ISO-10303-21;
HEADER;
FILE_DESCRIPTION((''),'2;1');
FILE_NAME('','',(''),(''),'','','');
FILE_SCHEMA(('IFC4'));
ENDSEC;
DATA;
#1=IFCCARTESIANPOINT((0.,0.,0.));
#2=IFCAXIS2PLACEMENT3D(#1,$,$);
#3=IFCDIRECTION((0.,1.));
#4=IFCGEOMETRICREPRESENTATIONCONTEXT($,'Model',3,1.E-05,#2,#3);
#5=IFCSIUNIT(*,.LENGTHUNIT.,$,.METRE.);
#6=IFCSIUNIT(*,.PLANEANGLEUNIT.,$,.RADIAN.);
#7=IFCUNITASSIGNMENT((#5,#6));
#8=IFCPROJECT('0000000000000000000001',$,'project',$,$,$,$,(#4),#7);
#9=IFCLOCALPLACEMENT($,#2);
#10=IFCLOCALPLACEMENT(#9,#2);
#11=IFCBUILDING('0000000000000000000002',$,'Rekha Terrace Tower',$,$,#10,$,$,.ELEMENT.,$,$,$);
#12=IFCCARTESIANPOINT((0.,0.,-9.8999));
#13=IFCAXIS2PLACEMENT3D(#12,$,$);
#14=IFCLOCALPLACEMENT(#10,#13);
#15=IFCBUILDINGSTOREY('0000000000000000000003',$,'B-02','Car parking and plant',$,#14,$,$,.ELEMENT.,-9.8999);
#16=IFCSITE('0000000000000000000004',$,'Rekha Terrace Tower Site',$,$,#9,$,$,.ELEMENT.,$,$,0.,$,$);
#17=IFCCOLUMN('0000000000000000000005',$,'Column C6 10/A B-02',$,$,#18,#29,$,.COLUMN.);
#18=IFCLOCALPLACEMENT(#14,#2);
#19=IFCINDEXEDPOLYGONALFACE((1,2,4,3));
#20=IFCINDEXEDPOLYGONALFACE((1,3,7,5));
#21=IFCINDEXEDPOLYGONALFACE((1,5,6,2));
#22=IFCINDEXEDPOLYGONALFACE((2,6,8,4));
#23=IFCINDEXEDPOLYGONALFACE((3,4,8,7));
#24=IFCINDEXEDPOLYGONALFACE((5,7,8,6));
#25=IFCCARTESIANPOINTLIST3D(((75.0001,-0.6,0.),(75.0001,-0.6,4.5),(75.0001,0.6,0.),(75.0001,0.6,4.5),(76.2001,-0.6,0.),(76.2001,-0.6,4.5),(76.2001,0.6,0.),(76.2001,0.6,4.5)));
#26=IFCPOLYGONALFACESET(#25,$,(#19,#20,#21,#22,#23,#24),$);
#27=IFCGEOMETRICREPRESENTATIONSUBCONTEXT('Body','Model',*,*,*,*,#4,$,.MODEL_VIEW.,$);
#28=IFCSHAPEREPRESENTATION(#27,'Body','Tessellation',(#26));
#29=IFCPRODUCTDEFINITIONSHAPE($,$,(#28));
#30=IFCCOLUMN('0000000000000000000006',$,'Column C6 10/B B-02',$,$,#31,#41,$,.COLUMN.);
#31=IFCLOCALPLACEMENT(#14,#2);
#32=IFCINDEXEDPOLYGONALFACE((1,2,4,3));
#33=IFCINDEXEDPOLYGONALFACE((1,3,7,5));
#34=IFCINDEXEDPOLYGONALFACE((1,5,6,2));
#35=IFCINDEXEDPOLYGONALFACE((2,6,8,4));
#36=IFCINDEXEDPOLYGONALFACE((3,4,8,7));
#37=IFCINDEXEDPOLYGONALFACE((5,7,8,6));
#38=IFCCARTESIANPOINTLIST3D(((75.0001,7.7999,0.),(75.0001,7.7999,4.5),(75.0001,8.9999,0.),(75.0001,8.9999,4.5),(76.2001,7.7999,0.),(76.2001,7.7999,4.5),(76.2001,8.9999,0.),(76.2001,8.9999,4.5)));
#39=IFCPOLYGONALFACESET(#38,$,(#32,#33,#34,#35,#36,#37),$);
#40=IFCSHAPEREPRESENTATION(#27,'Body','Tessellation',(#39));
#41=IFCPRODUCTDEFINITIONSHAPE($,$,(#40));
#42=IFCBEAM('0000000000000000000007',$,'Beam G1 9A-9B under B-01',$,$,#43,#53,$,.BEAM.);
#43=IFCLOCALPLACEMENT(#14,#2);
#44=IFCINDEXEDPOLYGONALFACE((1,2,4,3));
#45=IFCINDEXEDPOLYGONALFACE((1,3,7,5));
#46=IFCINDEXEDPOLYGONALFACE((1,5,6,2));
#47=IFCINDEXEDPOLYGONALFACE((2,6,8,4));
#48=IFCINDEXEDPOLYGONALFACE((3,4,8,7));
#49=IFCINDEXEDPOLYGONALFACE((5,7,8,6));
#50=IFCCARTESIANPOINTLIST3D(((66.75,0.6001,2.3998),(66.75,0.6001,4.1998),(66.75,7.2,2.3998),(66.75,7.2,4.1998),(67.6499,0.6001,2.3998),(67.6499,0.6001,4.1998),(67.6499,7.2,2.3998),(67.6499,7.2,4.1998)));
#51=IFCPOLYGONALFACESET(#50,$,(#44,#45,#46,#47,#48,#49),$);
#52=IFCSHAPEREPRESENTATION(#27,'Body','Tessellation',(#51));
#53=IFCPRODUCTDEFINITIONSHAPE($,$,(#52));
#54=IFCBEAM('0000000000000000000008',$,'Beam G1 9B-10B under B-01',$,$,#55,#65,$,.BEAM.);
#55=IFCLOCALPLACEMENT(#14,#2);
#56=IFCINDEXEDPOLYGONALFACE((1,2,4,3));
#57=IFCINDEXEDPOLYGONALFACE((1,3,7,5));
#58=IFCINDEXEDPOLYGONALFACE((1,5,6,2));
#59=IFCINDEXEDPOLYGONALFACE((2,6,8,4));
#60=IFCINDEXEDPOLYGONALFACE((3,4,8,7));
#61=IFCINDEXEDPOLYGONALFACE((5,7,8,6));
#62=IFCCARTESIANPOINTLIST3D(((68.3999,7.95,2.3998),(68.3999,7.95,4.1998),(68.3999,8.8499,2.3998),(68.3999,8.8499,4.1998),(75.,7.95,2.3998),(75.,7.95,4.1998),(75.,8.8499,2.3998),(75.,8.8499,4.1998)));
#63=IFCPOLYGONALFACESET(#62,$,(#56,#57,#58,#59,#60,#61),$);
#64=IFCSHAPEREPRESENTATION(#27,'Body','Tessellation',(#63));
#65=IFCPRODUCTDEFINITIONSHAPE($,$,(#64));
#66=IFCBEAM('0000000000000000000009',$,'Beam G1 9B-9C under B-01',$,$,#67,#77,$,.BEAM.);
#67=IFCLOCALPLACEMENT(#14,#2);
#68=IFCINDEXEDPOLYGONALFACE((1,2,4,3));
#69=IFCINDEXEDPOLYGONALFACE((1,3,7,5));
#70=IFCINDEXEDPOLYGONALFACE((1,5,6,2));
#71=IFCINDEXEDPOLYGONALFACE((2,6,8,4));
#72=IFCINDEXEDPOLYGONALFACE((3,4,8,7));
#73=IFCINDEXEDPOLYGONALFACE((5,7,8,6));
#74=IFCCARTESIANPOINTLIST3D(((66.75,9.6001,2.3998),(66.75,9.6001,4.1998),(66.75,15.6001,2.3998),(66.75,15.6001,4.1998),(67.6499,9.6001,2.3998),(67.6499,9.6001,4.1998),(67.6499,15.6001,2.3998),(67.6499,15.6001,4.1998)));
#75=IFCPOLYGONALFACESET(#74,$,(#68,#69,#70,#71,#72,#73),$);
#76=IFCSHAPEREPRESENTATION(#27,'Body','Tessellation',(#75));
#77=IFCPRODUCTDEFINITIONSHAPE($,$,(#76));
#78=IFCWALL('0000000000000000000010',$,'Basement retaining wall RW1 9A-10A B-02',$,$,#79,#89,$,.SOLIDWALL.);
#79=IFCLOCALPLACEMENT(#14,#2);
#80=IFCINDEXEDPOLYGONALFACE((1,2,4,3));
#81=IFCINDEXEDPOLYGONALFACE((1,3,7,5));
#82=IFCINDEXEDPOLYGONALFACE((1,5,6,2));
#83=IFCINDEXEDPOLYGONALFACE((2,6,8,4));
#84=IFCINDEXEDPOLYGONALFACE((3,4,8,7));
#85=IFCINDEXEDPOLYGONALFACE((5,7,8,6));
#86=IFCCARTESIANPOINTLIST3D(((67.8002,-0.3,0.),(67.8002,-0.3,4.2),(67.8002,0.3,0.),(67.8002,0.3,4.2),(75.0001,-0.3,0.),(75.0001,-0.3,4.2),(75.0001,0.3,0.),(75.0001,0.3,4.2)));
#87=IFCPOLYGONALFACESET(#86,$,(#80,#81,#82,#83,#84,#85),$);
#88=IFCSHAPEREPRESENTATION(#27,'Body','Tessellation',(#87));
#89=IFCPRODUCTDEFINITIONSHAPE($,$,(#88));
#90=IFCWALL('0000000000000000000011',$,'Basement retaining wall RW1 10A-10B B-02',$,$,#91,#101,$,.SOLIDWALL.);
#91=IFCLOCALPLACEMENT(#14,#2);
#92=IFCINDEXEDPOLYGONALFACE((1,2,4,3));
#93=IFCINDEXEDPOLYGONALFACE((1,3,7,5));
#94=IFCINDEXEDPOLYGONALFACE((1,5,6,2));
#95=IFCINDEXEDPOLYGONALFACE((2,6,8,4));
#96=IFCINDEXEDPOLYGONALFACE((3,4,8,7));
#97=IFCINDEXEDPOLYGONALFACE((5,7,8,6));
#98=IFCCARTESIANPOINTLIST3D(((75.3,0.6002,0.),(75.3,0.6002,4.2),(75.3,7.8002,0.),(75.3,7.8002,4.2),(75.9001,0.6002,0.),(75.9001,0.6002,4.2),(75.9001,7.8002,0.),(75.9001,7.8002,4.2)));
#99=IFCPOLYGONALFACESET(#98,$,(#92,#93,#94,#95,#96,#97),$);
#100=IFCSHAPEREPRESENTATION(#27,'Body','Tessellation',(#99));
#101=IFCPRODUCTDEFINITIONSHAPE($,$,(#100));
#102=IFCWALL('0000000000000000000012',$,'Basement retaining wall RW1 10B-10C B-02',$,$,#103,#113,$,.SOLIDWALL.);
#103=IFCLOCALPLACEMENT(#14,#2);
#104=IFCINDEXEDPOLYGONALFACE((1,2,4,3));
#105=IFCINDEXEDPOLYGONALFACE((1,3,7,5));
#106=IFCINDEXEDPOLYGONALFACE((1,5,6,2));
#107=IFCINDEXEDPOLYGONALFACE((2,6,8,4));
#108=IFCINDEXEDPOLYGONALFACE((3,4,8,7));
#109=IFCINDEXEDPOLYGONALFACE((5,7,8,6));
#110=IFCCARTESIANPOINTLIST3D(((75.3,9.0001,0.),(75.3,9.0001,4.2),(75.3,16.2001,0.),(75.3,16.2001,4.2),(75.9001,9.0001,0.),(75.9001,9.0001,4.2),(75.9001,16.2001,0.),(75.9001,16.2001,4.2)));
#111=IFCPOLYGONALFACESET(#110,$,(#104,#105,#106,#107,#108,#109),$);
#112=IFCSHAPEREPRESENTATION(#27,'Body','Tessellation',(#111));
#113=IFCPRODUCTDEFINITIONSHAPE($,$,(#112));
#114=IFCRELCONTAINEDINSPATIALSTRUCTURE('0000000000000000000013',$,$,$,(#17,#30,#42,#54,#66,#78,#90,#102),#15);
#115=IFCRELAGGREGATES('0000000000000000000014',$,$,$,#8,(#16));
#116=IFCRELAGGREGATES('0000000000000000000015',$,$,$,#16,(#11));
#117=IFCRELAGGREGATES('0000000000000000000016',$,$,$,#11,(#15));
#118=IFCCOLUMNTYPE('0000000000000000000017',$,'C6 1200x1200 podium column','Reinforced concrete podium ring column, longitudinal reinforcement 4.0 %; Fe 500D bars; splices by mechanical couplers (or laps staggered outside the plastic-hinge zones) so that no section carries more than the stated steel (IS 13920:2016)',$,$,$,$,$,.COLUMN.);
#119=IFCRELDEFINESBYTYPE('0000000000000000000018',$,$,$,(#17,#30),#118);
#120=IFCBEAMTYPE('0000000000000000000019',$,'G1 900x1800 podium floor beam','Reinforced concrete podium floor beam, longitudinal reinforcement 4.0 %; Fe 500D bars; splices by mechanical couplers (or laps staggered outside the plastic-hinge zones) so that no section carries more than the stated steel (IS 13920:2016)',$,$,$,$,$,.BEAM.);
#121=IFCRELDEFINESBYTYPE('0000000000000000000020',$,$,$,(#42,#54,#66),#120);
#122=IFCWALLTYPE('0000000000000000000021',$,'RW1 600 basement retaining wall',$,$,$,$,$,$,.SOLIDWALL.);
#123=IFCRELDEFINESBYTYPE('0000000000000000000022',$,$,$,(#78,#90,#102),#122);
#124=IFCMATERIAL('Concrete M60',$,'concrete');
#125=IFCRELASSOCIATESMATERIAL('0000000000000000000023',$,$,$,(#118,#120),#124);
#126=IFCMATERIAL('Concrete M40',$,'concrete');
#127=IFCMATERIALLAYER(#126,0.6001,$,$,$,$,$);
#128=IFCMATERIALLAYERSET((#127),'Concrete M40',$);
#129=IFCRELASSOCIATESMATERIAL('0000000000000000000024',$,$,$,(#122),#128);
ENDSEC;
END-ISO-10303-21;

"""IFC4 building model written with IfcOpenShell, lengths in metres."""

from ifc_helpers import new_model, si_unit, direction, frame, frame_2d, origin, origin_2d, place, context, subcontext, project, spatial, rectangle, extrude, material, layer, layer_set, material_profile, profile_set, type_object, element, save


model = new_model("IFC4")

# Units and contexts
model_context = context("Model", 3, precision=1e-05, world=origin(), true_north=direction((0.0, 1.0)))
body_context = subcontext(model_context, "Body", "Model", "MODEL_VIEW")
ifc_project = project(units=[si_unit("LENGTHUNIT", "METRE"), si_unit("PLANEANGLEUNIT", "RADIAN")], contexts=[model_context])

# Site, building, storey
site_placement = place(None, origin())
site = spatial("IfcSite", under=ifc_project, at=site_placement, Name="Rekha Terrace Tower Site", CompositionType="ELEMENT", RefElevation=0.0)
building_placement = place(site_placement, origin())
building = spatial("IfcBuilding", under=site, at=building_placement, Name="Rekha Terrace Tower", CompositionType="ELEMENT")
storey_placement = place(building_placement, frame((0.0, 0.0, -9.8999)))
storey = spatial("IfcBuildingStorey", under=building, at=storey_placement, Name="B-02", Description="Car parking and plant", CompositionType="ELEMENT", Elevation=-9.8999)

# Columns
ifc_material_1 = material(Name="Concrete M60", Category="concrete")
ifc_material_profile_1 = material_profile(ifc_material_1, rectangle(XDim=1.2, YDim=1.2, at=origin_2d()), Name="RC 1200x1200")
ifc_profile_set_1 = profile_set([ifc_material_profile_1], Name="Concrete M60")
column_type_1 = type_object("IfcColumnType", Name="C6 1200x1200 podium column", Description="Reinforced concrete podium ring column, longitudinal reinforcement 4.0 %; Fe 500D bars; splices by mechanical couplers (or laps staggered outside the plastic-hinge zones) so that no section carries more than the stated steel (IS 13920:2016)", PredefinedType="COLUMN", material=ifc_profile_set_1)
for number, where, z_axis, x_axis, name in (
    (1, (75.6001, 0.0, 0.0), (0.0, 0.0, 1.0), (1.0, 0.0, 0.0), "Column C6 10/A B-02"),
    (2, (75.6001, 8.3999, 0.0), (0.0, 0.0, 1.0), (1.0, 0.0, 0.0), "Column C6 10/B B-02"),
):
    element("IfcColumn", number, at=place(storey_placement, frame(where, z_axis=z_axis, x_axis=x_axis)), inside=storey, type_object=column_type_1, Name=name, PredefinedType="COLUMN", context=body_context, shape_type="SweptSolid", body=[
        extrude(rectangle(XDim=1.2, YDim=1.2, at=origin_2d()), origin(), (0.0, 0.0, 1.0), 4.5),
    ])

# Beams
ifc_material_profile_2 = material_profile(ifc_material_1, rectangle(XDim=0.8999, YDim=1.8, at=origin_2d()), Name="RC 900x1800")
ifc_profile_set_2 = profile_set([ifc_material_profile_2], Name="Concrete M60")
beam_type = type_object("IfcBeamType", Name="G1 900x1800 podium floor beam", Description="Reinforced concrete podium floor beam, longitudinal reinforcement 4.0 %; Fe 500D bars; splices by mechanical couplers (or laps staggered outside the plastic-hinge zones) so that no section carries more than the stated steel (IS 13920:2016)", PredefinedType="BEAM", material=ifc_profile_set_2)
beam_1_placement = place(storey_placement, frame((67.2, 0.6001, 3.2998), z_axis=(0.0, 1.0, 0.0), x_axis=(-1.0, 0.0, 0.0)))
element("IfcBeam", 3, at=beam_1_placement, inside=storey, type_object=beam_type, Name="Beam G1 9A-9B under B-01", PredefinedType="BEAM", context=body_context, shape_type="SweptSolid", body=[
    extrude(rectangle(XDim=0.8999, YDim=1.8, at=origin_2d()), origin(), (0.0, 0.0, 1.0), 6.5999),
])
beam_2_placement = place(storey_placement, frame((68.3999, 8.3999, 3.2998), z_axis=(1.0, 0.0, 0.0), x_axis=(0.0, 1.0, 0.0)))
element("IfcBeam", 4, at=beam_2_placement, inside=storey, type_object=beam_type, Name="Beam G1 9B-10B under B-01", PredefinedType="BEAM", context=body_context, shape_type="SweptSolid", body=[
    extrude(rectangle(XDim=0.8999, YDim=1.8, at=origin_2d()), origin(), (0.0, 0.0, 1.0), 6.6001),
])
beam_3_placement = place(storey_placement, frame((67.2, 9.6001, 3.2998), z_axis=(0.0, 1.0, 0.0), x_axis=(-1.0, 0.0, 0.0)))
element("IfcBeam", 5, at=beam_3_placement, inside=storey, type_object=beam_type, Name="Beam G1 9B-9C under B-01", PredefinedType="BEAM", context=body_context, shape_type="SweptSolid", body=[
    extrude(rectangle(XDim=0.8999, YDim=1.8, at=origin_2d()), origin(), (0.0, 0.0, 1.0), 6.0),
])

# Walls
ifc_material_2 = material(Name="Concrete M40", Category="concrete")
ifc_layer = layer(ifc_material_2, 0.6001)
ifc_layer_set = layer_set([ifc_layer], Name="Concrete M40")
wall_type = type_object("IfcWallType", Name="RW1 600 basement retaining wall", PredefinedType="SOLIDWALL", material=ifc_layer_set)
for number, where, z_axis, x_axis, name in (
    (6, (67.8, 0.0, 0.0), (0.0, 0.0, 1.0), (1.0, 0.0, 0.0), "Basement retaining wall RW1 9A-10A B-02"),
    (7, (75.6001, 0.6001, 0.0), (0.0, 0.0, 1.0), (0.0, 1.0, 0.0), "Basement retaining wall RW1 10A-10B B-02"),
    (8, (75.6001, 9.0, 0.0), (0.0, 0.0, 1.0), (0.0, 1.0, 0.0), "Basement retaining wall RW1 10B-10C B-02"),
):
    element("IfcWall", number, at=place(storey_placement, frame(where, z_axis=z_axis, x_axis=x_axis)), inside=storey, type_object=wall_type, Name=name, PredefinedType="SOLIDWALL", context=body_context, shape_type="SweptSolid", body=[
        extrude(rectangle(XDim=7.2, YDim=0.6001, at=frame_2d((3.6001, 0.0))), origin(), (0.0, 0.0, 1.0), 4.2),
    ])

save(model, "model.ifc")
